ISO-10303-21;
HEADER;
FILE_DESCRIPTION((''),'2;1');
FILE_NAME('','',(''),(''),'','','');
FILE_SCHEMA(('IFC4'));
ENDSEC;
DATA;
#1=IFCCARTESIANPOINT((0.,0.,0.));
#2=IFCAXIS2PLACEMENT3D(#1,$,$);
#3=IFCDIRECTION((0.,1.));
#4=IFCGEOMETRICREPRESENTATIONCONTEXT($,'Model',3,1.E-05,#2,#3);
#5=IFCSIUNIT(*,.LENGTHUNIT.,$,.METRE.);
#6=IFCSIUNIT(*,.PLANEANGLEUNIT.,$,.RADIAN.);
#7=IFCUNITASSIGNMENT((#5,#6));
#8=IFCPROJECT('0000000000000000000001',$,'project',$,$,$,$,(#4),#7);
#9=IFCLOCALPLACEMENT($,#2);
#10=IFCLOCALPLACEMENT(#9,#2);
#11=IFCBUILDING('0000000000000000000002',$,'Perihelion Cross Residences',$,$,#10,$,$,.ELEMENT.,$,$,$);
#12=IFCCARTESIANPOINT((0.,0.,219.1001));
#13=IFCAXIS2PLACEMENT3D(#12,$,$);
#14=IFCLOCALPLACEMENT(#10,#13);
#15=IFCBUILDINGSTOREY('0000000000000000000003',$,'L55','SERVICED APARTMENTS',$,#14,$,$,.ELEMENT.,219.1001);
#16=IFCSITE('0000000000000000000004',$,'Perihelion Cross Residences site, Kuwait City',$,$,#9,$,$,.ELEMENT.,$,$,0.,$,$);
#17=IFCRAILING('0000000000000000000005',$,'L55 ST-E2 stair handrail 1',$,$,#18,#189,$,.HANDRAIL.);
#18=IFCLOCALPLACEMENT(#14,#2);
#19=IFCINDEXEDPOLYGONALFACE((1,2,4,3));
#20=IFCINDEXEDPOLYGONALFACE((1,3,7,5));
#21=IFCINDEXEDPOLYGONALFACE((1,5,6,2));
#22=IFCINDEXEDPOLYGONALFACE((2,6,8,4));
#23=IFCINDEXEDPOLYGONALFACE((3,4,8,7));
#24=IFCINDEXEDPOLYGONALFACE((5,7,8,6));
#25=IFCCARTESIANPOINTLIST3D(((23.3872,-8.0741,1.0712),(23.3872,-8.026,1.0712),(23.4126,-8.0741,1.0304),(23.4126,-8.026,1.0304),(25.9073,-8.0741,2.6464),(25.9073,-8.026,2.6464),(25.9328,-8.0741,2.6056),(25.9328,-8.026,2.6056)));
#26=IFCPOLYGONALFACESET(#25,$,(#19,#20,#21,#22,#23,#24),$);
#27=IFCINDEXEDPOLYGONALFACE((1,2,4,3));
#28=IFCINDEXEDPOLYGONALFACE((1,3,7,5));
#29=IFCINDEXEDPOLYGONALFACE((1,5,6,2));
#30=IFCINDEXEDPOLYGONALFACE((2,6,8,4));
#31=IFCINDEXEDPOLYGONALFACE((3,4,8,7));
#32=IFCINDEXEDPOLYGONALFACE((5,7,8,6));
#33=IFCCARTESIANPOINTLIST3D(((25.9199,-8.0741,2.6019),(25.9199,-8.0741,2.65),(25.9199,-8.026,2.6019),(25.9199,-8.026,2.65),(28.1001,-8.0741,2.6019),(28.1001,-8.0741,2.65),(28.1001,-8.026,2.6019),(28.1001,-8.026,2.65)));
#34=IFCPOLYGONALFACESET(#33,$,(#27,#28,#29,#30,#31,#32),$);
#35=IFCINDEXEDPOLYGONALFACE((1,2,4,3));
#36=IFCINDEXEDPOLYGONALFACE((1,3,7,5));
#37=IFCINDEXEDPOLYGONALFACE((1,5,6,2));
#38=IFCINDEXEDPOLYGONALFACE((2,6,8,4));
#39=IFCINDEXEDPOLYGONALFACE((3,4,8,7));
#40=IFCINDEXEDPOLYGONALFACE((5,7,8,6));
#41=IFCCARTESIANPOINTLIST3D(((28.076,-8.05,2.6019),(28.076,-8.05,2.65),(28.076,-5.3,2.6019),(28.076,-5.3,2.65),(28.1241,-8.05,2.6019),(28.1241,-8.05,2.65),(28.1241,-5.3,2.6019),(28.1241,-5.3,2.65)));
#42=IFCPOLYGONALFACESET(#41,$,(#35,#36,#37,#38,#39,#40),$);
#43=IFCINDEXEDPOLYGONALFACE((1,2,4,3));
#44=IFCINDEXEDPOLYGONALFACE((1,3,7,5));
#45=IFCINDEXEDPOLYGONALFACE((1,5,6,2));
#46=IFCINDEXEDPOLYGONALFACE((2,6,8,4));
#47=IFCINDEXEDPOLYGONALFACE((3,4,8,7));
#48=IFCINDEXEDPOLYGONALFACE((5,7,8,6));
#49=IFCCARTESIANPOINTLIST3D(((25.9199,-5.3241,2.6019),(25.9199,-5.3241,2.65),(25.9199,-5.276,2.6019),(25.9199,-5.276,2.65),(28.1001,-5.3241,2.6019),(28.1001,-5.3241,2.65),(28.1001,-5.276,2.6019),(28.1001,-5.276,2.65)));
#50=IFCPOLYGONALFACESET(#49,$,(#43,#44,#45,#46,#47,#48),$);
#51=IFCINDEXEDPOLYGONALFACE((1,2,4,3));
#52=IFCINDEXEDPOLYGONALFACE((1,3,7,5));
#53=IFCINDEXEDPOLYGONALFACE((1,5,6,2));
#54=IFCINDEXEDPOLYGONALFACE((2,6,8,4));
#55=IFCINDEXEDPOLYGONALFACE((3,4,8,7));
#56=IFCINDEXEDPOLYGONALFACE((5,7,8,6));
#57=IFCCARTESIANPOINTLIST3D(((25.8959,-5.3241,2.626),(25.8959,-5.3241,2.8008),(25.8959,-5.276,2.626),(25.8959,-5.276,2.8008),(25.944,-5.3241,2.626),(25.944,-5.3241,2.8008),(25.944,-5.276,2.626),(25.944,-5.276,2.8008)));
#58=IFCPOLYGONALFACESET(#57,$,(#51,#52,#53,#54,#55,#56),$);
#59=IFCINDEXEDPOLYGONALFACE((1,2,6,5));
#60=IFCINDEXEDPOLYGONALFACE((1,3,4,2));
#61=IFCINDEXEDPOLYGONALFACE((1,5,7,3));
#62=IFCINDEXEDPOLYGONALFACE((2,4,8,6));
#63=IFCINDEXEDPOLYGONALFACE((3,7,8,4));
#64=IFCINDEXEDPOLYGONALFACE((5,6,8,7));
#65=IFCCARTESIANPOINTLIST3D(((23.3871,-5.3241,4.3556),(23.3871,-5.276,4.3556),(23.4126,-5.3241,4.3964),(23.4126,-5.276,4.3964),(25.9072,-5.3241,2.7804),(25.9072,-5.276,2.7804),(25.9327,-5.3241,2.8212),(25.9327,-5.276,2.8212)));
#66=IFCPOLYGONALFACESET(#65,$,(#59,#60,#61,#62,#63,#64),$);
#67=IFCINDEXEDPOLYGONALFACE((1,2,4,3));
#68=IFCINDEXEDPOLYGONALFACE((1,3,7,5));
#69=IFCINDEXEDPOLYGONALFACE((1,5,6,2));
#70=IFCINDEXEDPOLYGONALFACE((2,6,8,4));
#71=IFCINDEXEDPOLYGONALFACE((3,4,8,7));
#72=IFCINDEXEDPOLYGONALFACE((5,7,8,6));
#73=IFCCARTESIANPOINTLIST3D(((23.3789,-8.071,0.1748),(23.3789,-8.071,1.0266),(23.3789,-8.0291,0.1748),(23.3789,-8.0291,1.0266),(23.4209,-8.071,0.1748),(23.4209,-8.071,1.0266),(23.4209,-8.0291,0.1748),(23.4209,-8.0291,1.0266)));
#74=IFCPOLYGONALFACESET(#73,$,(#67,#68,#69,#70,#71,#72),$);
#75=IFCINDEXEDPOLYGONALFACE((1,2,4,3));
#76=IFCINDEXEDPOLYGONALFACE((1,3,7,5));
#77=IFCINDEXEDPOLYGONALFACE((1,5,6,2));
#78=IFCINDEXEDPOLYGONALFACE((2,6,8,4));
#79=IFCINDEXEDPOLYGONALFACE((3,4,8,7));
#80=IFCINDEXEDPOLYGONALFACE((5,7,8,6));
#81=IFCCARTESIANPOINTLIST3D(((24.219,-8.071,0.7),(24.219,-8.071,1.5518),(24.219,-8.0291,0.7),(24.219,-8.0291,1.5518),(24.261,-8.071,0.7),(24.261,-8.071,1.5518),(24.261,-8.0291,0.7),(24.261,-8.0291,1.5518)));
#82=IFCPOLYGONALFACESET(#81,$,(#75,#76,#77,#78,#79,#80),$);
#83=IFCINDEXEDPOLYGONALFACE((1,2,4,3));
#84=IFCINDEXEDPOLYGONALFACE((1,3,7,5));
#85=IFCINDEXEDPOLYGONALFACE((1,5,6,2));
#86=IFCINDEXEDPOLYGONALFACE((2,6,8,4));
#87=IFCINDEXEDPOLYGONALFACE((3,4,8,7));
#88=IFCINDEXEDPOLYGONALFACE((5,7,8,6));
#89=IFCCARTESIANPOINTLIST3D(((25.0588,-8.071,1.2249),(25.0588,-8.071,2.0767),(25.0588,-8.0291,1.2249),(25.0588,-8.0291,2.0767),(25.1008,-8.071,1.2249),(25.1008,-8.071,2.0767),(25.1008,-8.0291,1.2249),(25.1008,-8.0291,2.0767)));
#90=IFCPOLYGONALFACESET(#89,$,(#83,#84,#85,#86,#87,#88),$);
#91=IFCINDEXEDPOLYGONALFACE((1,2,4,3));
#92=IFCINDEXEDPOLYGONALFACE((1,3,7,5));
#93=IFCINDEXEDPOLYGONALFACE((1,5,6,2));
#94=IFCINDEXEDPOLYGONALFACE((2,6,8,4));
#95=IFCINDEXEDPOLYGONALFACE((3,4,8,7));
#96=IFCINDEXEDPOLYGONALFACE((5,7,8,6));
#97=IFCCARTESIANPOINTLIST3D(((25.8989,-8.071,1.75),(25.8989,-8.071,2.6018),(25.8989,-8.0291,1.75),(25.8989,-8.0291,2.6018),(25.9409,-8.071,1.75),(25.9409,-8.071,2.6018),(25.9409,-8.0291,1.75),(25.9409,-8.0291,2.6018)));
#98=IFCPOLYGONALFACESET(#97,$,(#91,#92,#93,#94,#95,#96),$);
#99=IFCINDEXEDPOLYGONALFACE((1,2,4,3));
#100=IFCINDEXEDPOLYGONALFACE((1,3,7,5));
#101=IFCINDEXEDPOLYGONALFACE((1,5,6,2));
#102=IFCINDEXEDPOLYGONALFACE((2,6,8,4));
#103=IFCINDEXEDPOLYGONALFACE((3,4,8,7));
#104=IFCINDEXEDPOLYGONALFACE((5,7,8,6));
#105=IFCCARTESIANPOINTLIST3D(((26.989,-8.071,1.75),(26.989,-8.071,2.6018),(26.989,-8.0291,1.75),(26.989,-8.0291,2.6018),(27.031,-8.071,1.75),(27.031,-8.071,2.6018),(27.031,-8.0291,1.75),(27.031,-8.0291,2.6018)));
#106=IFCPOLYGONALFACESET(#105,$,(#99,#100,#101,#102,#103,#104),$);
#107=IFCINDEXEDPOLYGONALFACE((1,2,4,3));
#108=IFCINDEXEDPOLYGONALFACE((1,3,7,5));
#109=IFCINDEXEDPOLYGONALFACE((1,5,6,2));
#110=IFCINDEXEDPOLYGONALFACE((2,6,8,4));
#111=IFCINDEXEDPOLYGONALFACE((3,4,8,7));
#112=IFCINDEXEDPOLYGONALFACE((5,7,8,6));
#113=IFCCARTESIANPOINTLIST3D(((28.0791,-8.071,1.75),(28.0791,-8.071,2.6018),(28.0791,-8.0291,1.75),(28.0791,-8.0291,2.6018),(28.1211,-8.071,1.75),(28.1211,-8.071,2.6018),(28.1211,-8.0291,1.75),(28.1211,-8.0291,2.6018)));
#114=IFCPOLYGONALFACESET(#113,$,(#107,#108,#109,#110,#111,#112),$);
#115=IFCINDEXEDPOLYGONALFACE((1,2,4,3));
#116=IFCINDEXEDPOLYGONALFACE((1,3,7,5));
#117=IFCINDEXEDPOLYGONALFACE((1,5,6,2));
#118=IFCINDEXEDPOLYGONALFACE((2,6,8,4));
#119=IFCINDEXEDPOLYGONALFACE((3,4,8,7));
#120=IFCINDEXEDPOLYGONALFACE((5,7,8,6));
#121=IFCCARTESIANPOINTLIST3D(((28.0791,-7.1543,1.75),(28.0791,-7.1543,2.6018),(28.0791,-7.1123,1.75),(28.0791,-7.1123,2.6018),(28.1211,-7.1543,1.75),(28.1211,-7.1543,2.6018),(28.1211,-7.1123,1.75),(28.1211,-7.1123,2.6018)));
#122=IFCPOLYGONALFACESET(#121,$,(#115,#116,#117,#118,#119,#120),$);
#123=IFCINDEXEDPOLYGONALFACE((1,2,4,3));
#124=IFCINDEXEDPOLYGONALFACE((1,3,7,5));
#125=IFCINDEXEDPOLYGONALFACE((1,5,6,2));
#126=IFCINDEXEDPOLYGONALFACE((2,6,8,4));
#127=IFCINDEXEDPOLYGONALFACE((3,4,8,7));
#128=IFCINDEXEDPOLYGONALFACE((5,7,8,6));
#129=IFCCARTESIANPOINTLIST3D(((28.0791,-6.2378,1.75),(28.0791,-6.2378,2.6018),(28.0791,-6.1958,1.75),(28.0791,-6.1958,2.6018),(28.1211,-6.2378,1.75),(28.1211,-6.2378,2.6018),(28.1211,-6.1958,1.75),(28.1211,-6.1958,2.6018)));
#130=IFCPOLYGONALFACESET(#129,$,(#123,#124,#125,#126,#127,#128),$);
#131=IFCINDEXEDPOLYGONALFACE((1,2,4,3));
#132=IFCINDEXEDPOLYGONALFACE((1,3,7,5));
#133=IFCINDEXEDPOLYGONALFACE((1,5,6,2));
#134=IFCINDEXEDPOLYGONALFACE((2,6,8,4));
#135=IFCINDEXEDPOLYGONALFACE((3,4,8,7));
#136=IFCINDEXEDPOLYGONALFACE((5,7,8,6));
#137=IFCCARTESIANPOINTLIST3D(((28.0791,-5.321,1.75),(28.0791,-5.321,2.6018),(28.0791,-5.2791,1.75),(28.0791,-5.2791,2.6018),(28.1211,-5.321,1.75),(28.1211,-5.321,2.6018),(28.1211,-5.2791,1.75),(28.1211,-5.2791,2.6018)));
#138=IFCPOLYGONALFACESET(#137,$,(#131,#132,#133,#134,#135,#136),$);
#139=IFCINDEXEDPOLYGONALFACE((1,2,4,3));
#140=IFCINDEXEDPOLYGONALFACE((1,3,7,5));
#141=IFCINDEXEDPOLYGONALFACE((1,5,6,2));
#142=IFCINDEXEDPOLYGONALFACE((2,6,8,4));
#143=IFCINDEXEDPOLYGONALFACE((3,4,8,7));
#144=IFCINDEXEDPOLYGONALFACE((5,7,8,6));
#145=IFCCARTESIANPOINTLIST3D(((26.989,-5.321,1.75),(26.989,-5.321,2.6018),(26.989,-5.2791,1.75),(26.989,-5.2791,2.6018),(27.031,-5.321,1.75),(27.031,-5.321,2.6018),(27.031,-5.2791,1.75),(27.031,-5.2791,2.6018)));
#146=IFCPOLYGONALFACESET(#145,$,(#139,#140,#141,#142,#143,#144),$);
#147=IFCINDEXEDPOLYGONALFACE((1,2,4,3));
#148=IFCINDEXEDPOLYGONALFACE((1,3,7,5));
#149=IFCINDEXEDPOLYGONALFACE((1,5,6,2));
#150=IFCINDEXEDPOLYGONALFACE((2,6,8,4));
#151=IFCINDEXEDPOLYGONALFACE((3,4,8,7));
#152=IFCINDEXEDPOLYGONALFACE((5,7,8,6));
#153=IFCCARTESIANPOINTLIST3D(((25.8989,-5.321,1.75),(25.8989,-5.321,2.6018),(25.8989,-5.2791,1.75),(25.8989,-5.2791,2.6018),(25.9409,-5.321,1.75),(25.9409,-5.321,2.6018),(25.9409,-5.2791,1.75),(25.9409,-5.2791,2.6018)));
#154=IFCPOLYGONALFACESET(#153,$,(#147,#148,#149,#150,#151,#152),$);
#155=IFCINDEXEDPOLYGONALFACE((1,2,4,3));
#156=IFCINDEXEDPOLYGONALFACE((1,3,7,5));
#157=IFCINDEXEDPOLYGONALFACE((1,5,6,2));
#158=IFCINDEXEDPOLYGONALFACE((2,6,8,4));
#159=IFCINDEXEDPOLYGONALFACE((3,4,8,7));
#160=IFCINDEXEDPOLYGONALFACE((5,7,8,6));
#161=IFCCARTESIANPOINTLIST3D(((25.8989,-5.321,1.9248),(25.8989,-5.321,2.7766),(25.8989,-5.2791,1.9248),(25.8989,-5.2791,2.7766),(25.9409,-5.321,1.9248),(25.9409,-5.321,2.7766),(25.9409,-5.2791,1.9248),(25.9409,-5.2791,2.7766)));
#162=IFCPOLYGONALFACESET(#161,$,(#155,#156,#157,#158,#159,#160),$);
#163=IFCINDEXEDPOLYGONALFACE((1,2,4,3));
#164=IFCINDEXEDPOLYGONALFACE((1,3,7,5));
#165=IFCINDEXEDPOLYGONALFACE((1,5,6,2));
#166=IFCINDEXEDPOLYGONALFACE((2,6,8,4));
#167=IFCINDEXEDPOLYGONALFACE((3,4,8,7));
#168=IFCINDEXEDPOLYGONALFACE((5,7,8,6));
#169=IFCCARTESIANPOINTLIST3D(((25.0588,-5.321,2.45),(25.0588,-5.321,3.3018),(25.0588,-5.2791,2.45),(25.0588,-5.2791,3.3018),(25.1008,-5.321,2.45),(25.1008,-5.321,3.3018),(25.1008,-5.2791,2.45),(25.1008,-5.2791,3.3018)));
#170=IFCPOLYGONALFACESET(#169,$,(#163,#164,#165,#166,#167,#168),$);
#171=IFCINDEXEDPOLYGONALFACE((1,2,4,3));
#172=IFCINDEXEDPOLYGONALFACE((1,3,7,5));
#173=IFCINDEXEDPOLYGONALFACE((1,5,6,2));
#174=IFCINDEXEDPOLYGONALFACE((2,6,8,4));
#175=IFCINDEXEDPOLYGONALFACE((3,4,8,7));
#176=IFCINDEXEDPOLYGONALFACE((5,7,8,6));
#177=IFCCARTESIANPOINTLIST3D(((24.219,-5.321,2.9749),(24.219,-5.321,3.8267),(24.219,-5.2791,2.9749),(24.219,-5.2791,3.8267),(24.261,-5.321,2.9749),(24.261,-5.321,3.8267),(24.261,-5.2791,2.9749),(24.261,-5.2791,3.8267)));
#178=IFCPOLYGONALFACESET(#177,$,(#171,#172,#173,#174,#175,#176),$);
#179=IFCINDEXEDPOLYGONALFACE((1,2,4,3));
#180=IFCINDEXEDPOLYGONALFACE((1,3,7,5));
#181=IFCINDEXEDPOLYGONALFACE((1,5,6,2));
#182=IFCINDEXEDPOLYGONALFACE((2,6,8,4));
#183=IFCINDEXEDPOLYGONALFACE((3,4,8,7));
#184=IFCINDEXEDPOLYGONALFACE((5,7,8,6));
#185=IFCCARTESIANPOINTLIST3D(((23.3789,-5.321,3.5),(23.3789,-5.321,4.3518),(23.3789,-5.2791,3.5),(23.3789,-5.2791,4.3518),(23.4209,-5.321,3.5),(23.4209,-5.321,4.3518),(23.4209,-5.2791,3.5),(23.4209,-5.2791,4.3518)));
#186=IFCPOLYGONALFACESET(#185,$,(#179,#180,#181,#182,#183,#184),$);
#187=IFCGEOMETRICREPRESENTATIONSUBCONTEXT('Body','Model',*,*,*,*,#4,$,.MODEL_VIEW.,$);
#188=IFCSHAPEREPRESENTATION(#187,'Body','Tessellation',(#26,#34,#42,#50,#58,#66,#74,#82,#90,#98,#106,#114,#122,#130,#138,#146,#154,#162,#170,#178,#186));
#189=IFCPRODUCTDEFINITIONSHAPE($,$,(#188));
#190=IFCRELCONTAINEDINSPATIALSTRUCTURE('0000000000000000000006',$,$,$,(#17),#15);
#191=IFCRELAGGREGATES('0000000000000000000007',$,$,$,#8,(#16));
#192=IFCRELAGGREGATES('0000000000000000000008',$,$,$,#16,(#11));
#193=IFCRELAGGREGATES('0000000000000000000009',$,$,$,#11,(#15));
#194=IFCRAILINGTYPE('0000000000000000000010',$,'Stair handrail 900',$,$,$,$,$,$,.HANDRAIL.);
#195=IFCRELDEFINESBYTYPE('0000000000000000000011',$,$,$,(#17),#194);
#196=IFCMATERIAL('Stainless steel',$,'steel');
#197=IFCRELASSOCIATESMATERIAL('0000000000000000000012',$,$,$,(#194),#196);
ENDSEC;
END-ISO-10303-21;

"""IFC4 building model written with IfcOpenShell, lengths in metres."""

from ifc_helpers import new_model, si_unit, direction, frame, origin, origin_2d, place, context, subcontext, project, spatial, rectangle, extrude, material, type_object, element, save


model = new_model("IFC4")

# Units and contexts
model_context = context("Model", 3, precision=1e-05, world=origin(), true_north=direction((0.0, 1.0)))
body_context = subcontext(model_context, "Body", "Model", "MODEL_VIEW")
ifc_project = project(units=[si_unit("LENGTHUNIT", "METRE"), si_unit("PLANEANGLEUNIT", "RADIAN")], contexts=[model_context])

# Site, building, storey
site_placement = place(None, origin())
site = spatial("IfcSite", under=ifc_project, at=site_placement, Name="Perihelion Cross Residences site, Kuwait City", CompositionType="ELEMENT", RefElevation=0.0)
building_placement = place(site_placement, origin())
building = spatial("IfcBuilding", under=site, at=building_placement, Name="Perihelion Cross Residences", CompositionType="ELEMENT")
storey_placement = place(building_placement, frame((0.0, 0.0, 219.1001)))
storey = spatial("IfcBuildingStorey", under=building, at=storey_placement, Name="L55", Description="SERVICED APARTMENTS", CompositionType="ELEMENT", Elevation=219.1001)

# Railing
ifc_material_1 = material(Name="Stainless steel", Category="steel")
railing_type_1 = type_object("IfcRailingType", Name="Stair handrail 900", PredefinedType="HANDRAIL", material=ifc_material_1)
railing_1_placement = place(storey_placement, frame((23.3999, -8.05, 0.1748)))
element("IfcRailing", 1, at=railing_1_placement, inside=storey, type_object=railing_type_1, Name="L55 ST-E2 stair handrail 1", PredefinedType="HANDRAIL", context=body_context, shape_type="SweptSolid", body=[
    extrude(rectangle(XDim=0.0481, YDim=0.0481, at=origin_2d()), frame((0.0, 0.0, 0.876), z_axis=(0.847971, 0.0, 0.530043), x_axis=(0.0, 1.0, 0.0)), (0.0, 0.0, 1.0), 2.9719),
    extrude(rectangle(XDim=0.0481, YDim=0.0481, at=origin_2d()), frame((2.52, 0.0, 2.4512), z_axis=(1.0, 0.0, 0.0), x_axis=(0.0, 1.0, 0.0)), (0.0, 0.0, 1.0), 2.1802),
    extrude(rectangle(XDim=0.0481, YDim=0.0481, at=origin_2d()), frame((4.7002, 0.0, 2.4512), z_axis=(0.0, 1.0, 0.0), x_axis=(-1.0, 0.0, 0.0)), (0.0, 0.0, 1.0), 2.75),
    extrude(rectangle(XDim=0.0481, YDim=0.0481, at=origin_2d()), frame((4.7002, 2.75, 2.4512), z_axis=(-1.0, 0.0, 0.0), x_axis=(0.0, -1.0, 0.0)), (0.0, 0.0, 1.0), 2.1802),
    extrude(rectangle(XDim=0.0481, YDim=0.0481, at=origin_2d()), frame((2.52, 2.75, 2.4512), z_axis=(0.0, 0.0, 1.0), x_axis=(1.0, 0.0, 0.0)), (0.0, 0.0, 1.0), 0.1748),
    extrude(rectangle(XDim=0.0481, YDim=0.0481, at=origin_2d()), frame((2.52, 2.75, 2.626), z_axis=(-0.847971, 0.0, 0.530043), x_axis=(0.0, -1.0, 0.0)), (0.0, 0.0, 1.0), 2.9719),
    extrude(rectangle(XDim=0.042, YDim=0.042, at=origin_2d()), origin(), (0.0, 0.0, 1.0), 0.8518),
    extrude(rectangle(XDim=0.042, YDim=0.042, at=origin_2d()), frame((0.8401, 0.0, 0.5251)), (0.0, 0.0, 1.0), 0.8518),
    extrude(rectangle(XDim=0.042, YDim=0.042, at=origin_2d()), frame((1.6799, 0.0, 1.05)), (0.0, 0.0, 1.0), 0.8518),
    extrude(rectangle(XDim=0.042, YDim=0.042, at=origin_2d()), frame((2.52, 0.0, 1.5752)), (0.0, 0.0, 1.0), 0.8518),
    extrude(rectangle(XDim=0.042, YDim=0.042, at=origin_2d()), frame((3.6101, 0.0, 1.5752)), (0.0, 0.0, 1.0), 0.8518),
    extrude(rectangle(XDim=0.042, YDim=0.042, at=origin_2d()), frame((4.7002, 0.0, 1.5752)), (0.0, 0.0, 1.0), 0.8518),
    extrude(rectangle(XDim=0.042, YDim=0.042, at=origin_2d()), frame((4.7002, 0.9167, 1.5752)), (0.0, 0.0, 1.0), 0.8518),
    extrude(rectangle(XDim=0.042, YDim=0.042, at=origin_2d()), frame((4.7002, 1.8333, 1.5752)), (0.0, 0.0, 1.0), 0.8518),
    extrude(rectangle(XDim=0.042, YDim=0.042, at=origin_2d()), frame((4.7002, 2.75, 1.5752)), (0.0, 0.0, 1.0), 0.8518),
    extrude(rectangle(XDim=0.042, YDim=0.042, at=origin_2d()), frame((3.6101, 2.75, 1.5752)), (0.0, 0.0, 1.0), 0.8518),
    extrude(rectangle(XDim=0.042, YDim=0.042, at=origin_2d()), frame((2.52, 2.75, 1.5752)), (0.0, 0.0, 1.0), 0.8518),
    extrude(rectangle(XDim=0.042, YDim=0.042, at=origin_2d()), frame((2.52, 2.75, 1.75)), (0.0, 0.0, 1.0), 0.8518),
    extrude(rectangle(XDim=0.042, YDim=0.042, at=origin_2d()), frame((1.6799, 2.75, 2.2751)), (0.0, 0.0, 1.0), 0.8518),
    extrude(rectangle(XDim=0.042, YDim=0.042, at=origin_2d()), frame((0.8401, 2.75, 2.8)), (0.0, 0.0, 1.0), 0.8518),
    extrude(rectangle(XDim=0.042, YDim=0.042, at=origin_2d()), frame((0.0, 2.75, 3.3252)), (0.0, 0.0, 1.0), 0.8518),
])

save(model, "model.ifc")
